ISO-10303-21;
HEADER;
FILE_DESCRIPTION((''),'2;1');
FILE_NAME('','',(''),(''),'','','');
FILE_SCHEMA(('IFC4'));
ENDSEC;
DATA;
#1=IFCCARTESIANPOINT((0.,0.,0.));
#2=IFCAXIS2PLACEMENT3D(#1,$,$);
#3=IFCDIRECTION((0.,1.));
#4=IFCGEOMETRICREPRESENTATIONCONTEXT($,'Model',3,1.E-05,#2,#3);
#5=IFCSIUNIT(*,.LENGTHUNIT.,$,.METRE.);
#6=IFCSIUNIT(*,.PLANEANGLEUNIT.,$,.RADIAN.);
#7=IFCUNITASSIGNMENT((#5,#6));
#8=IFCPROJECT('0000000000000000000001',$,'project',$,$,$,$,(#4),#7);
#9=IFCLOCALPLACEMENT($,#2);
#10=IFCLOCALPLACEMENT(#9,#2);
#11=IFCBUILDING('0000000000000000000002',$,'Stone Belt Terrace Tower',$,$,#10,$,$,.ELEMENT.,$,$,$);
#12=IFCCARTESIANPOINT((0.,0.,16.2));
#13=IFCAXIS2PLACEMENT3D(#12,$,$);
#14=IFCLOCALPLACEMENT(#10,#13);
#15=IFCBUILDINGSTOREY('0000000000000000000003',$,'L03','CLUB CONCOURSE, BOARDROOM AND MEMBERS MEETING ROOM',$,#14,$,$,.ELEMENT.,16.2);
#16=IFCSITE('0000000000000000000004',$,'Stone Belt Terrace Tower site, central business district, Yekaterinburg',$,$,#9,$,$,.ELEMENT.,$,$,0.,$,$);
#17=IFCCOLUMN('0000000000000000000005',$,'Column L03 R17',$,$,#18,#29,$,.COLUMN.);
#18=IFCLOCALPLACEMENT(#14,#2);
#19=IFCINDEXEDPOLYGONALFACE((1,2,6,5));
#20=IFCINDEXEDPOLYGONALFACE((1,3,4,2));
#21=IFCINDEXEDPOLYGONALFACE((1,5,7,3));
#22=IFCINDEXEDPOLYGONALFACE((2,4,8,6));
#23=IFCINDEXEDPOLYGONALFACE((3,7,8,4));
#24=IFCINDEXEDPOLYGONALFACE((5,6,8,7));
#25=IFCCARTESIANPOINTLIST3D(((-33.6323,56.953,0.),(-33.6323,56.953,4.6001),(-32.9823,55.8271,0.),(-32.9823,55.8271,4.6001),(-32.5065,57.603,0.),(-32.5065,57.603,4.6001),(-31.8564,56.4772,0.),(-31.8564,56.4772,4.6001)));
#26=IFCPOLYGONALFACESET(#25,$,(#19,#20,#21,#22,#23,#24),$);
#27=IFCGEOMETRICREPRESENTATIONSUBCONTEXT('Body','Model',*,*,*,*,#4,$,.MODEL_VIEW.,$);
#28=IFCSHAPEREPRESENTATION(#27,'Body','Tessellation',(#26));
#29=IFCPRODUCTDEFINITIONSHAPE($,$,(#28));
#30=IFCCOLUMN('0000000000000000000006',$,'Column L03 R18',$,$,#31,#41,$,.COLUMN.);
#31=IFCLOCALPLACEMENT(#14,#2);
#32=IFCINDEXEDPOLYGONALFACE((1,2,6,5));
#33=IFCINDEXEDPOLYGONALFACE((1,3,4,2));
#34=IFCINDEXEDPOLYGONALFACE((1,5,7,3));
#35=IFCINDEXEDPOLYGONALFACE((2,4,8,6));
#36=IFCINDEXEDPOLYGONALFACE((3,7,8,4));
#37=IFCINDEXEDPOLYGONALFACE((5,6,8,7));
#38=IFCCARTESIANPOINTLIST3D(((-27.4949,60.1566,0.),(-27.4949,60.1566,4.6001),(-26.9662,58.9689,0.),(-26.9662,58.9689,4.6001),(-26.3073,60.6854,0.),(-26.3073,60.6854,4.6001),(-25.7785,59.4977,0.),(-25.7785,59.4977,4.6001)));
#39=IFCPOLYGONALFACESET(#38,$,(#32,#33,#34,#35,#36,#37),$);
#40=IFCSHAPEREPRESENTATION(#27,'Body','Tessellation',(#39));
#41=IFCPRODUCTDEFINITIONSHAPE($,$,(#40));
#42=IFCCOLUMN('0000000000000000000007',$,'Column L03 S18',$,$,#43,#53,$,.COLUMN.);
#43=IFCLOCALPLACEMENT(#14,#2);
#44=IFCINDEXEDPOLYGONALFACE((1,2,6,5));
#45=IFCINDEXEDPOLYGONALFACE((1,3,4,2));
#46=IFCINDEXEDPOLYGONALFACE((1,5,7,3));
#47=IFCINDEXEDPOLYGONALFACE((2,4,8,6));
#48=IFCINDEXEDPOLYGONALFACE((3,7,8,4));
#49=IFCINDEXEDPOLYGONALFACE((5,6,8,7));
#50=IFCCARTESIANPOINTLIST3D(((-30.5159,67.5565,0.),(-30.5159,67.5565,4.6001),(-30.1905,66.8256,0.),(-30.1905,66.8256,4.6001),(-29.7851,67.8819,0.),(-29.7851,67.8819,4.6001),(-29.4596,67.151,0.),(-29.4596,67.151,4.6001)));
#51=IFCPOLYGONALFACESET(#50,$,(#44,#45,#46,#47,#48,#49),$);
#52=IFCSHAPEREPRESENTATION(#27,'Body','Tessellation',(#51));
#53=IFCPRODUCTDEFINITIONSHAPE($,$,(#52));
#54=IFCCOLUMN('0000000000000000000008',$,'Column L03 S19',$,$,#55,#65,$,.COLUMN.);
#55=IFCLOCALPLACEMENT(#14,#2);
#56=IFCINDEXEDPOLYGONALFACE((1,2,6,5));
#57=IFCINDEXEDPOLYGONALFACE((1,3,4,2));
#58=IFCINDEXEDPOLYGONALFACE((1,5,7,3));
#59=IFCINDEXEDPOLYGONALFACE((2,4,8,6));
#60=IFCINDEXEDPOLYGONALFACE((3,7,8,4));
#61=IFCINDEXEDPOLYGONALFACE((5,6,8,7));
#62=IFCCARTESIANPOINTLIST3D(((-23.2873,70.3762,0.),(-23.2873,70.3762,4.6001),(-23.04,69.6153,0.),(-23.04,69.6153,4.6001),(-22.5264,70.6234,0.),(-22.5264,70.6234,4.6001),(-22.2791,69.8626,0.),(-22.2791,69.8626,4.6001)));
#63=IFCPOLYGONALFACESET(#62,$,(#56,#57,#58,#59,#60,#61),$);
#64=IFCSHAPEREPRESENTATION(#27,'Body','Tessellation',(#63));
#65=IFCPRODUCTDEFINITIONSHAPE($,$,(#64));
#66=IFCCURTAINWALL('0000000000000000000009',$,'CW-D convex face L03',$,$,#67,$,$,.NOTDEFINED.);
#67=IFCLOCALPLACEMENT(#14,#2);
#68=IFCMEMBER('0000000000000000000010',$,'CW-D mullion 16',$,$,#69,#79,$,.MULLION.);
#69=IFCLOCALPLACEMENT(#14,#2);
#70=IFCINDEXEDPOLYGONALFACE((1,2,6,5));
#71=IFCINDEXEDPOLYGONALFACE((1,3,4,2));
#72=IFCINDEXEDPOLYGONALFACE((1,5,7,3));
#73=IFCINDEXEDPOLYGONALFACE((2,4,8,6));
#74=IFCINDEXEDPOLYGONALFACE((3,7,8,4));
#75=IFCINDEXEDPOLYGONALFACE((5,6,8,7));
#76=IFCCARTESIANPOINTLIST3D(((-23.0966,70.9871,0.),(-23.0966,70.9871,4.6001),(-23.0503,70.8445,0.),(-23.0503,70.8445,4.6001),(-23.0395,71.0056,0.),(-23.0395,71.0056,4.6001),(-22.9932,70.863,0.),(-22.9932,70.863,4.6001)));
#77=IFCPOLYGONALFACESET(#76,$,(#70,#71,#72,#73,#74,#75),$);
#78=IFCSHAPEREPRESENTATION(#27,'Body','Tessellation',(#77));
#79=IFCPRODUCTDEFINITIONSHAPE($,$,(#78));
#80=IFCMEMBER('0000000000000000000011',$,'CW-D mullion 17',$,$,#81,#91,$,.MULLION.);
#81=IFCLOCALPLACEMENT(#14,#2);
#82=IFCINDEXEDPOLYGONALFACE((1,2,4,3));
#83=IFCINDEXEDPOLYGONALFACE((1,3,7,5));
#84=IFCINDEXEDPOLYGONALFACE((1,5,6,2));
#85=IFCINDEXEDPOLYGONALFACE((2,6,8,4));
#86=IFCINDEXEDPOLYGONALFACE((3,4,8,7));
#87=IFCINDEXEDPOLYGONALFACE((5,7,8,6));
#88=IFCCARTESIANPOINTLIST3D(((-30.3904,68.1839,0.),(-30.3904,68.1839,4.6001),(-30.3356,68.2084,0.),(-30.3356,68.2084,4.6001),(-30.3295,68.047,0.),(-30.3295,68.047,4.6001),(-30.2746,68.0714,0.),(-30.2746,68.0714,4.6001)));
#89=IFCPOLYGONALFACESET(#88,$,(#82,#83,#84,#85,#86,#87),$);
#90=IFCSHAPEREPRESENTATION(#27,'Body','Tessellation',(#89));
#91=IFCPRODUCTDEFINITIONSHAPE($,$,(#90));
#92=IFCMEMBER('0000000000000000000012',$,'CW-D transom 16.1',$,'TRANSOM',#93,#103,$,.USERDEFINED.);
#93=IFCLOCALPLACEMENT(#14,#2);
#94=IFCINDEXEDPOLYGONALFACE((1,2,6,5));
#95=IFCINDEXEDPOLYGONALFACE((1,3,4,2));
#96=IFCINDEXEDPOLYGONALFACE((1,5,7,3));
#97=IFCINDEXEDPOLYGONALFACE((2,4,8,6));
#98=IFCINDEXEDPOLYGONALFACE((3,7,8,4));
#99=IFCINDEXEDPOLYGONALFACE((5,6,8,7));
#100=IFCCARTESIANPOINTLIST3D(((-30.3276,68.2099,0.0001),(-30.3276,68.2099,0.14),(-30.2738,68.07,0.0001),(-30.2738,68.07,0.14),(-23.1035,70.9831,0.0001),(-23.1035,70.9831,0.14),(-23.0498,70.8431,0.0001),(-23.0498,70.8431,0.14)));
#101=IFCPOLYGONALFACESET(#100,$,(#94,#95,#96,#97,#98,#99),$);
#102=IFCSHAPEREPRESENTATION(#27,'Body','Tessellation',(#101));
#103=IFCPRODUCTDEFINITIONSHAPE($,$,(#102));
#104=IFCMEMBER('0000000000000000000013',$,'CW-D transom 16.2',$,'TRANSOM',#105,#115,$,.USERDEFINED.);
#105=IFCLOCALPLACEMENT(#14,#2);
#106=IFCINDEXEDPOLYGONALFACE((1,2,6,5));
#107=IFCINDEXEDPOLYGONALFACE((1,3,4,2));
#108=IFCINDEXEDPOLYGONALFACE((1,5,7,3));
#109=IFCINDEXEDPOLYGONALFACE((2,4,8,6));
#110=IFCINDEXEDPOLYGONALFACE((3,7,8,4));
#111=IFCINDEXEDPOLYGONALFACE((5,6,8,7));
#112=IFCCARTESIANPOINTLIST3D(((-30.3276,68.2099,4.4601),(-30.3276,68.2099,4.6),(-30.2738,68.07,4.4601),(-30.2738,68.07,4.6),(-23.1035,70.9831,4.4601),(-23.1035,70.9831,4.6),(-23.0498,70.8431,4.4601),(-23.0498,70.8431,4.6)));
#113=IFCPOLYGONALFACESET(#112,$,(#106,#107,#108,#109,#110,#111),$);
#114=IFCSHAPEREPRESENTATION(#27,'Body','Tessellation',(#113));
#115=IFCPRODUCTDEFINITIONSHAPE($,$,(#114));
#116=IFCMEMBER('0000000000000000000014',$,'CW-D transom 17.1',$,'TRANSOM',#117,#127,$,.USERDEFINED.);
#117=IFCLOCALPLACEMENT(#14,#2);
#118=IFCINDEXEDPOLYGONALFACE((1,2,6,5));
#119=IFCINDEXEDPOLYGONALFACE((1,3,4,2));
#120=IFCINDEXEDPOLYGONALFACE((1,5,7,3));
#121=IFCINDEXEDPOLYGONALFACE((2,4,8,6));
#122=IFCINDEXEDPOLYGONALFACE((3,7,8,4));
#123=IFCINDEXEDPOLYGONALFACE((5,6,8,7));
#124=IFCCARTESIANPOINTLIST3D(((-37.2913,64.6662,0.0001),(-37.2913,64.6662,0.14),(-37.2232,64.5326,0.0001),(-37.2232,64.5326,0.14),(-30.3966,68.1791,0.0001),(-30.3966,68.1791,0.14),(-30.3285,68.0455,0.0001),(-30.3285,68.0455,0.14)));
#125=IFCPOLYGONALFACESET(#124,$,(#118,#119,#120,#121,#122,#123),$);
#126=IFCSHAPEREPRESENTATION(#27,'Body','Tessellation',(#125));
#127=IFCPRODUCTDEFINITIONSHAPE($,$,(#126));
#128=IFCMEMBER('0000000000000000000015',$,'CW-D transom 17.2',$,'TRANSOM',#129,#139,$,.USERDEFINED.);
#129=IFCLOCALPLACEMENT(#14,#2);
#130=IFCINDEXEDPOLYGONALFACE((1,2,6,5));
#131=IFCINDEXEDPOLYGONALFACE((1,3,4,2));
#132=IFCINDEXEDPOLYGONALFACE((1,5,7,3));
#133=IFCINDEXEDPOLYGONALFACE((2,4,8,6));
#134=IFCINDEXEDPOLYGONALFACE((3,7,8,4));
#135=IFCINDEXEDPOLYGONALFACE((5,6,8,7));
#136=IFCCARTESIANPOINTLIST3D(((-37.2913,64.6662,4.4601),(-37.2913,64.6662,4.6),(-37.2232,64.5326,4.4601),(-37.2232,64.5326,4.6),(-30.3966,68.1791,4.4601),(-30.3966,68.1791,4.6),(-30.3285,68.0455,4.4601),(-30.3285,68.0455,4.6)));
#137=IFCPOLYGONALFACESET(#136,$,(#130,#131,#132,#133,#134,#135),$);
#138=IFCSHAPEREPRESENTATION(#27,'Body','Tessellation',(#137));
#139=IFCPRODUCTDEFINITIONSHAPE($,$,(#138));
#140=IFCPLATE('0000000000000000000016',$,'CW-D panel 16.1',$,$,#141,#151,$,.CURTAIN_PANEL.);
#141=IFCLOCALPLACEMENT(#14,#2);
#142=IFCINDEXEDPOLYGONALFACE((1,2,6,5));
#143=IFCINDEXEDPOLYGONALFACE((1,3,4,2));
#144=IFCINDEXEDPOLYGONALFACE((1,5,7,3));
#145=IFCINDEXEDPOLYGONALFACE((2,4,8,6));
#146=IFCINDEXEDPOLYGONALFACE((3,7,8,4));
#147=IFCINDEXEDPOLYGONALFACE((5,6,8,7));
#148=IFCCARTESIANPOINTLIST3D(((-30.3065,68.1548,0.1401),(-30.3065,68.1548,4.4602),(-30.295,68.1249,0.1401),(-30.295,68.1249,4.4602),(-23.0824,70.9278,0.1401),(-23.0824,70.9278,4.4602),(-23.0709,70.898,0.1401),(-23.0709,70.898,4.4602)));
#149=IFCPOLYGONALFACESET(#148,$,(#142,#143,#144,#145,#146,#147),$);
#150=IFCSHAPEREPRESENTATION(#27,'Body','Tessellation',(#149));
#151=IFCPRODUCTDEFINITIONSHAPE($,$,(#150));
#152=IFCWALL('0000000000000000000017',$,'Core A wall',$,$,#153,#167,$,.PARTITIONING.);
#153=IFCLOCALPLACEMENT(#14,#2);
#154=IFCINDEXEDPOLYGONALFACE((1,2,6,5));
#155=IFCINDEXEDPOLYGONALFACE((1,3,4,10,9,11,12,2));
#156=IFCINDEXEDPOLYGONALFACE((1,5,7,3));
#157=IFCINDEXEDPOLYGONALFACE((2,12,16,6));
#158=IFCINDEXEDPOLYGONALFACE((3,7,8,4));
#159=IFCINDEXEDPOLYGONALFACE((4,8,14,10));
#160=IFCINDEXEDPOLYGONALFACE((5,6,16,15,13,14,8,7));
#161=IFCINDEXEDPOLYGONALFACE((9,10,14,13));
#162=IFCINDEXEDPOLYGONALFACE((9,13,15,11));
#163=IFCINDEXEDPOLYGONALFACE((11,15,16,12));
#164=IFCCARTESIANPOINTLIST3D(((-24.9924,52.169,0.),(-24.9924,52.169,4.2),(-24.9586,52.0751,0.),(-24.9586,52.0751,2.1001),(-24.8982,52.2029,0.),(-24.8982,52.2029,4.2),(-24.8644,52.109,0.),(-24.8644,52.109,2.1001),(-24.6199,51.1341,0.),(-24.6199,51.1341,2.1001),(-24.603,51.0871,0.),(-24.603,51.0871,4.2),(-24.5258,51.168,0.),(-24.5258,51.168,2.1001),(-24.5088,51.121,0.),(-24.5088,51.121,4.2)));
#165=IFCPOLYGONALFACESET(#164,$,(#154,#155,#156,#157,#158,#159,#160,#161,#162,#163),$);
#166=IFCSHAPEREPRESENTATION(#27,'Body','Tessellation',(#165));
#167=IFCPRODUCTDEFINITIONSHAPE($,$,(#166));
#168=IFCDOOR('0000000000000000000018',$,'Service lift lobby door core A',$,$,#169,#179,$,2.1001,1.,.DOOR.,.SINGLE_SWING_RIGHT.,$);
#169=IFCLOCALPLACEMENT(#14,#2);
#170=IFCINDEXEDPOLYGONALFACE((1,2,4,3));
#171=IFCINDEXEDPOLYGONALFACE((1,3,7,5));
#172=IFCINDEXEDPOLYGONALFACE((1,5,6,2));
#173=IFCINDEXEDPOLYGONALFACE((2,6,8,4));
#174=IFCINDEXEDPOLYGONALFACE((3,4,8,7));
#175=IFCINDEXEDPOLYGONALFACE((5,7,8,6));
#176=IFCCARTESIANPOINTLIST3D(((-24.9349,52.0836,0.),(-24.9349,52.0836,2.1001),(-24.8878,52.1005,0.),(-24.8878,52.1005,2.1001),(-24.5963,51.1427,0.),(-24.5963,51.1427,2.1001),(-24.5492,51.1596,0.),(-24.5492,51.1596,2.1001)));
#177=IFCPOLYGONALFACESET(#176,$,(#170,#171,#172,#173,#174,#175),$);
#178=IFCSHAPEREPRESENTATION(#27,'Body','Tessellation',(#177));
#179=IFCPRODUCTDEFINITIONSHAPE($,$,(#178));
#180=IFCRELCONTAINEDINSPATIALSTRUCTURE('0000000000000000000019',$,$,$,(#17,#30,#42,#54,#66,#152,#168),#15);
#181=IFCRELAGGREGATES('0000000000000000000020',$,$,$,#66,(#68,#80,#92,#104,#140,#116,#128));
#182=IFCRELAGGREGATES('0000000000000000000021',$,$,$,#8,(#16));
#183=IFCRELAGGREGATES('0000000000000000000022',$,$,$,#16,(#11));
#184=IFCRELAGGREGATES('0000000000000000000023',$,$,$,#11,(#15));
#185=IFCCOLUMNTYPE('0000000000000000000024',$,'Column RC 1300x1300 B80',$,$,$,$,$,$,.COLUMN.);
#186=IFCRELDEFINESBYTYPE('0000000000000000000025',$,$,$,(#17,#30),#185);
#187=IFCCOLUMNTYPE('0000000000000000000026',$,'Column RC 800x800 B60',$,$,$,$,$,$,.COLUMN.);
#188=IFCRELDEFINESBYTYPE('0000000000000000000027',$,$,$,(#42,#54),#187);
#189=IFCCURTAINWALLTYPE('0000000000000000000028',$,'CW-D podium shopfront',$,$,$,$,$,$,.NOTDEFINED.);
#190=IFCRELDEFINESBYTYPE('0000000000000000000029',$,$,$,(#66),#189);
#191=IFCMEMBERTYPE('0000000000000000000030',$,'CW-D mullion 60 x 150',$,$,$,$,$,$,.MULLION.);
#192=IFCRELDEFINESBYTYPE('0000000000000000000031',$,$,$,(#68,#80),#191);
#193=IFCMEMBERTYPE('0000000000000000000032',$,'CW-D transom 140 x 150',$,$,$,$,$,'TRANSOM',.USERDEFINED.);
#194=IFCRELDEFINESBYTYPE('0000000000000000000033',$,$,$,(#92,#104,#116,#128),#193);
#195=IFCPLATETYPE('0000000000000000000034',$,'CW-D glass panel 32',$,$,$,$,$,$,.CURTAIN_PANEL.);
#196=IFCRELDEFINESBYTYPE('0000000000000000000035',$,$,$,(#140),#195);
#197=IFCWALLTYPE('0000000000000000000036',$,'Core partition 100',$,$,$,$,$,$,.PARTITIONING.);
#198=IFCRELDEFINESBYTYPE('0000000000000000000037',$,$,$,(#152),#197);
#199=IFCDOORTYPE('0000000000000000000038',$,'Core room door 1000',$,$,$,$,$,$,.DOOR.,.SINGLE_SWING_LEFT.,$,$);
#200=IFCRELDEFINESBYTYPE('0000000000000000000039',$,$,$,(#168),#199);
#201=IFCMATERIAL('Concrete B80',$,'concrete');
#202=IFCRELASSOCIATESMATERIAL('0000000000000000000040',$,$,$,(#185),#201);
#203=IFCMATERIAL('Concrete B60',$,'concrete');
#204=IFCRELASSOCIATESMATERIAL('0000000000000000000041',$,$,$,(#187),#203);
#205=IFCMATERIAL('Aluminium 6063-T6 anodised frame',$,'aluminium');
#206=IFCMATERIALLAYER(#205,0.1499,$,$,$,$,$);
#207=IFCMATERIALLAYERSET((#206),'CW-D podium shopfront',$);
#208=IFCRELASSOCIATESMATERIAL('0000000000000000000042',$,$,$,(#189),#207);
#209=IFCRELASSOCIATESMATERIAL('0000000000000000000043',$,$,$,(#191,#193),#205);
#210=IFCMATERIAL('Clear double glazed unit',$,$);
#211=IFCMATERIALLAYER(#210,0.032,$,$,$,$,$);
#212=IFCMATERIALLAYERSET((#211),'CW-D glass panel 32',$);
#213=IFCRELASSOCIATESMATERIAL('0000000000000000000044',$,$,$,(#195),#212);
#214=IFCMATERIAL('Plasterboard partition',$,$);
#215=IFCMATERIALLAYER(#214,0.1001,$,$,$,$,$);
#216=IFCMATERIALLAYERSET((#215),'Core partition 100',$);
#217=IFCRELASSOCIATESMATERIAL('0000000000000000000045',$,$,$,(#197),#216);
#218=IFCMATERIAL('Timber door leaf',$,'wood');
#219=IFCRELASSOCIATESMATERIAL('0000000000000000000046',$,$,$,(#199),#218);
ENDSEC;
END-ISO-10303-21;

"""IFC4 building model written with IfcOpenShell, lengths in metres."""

from ifc_helpers import new_model, si_unit, direction, frame, frame_2d, origin, origin_2d, place, context, subcontext, project, spatial, rectangle, extrude, material, layer, layer_set, material_profile, profile_set, type_object, element, fill, aggregate, save


model = new_model("IFC4")

# Units and contexts
model_context = context("Model", 3, precision=1e-05, world=origin(), true_north=direction((0.0, 1.0)))
body_context = subcontext(model_context, "Body", "Model", "MODEL_VIEW")
ifc_project = project(units=[si_unit("LENGTHUNIT", "METRE"), si_unit("PLANEANGLEUNIT", "RADIAN")], contexts=[model_context])

# Site, building, storey
site_placement = place(None, origin())
site = spatial("IfcSite", under=ifc_project, at=site_placement, Name="Stone Belt Terrace Tower site, central business district, Yekaterinburg", CompositionType="ELEMENT", RefElevation=0.0)
building_placement = place(site_placement, origin())
building = spatial("IfcBuilding", under=site, at=building_placement, Name="Stone Belt Terrace Tower", CompositionType="ELEMENT")
storey_placement = place(building_placement, frame((0.0, 0.0, 16.2)))
storey = spatial("IfcBuildingStorey", under=building, at=storey_placement, Name="L03", Description="CLUB CONCOURSE, BOARDROOM AND MEMBERS MEETING ROOM", CompositionType="ELEMENT", Elevation=16.2)

# Columns
ifc_material_1 = material(Name="Concrete B80", Category="concrete")
ifc_material_profile_1 = material_profile(ifc_material_1, rectangle(XDim=1.3, YDim=1.3, at=origin_2d()), Name="RC 1300x1300")
ifc_profile_set_1 = profile_set([ifc_material_profile_1], Name="Concrete B80")
column_type_1 = type_object("IfcColumnType", Name="Column RC 1300x1300 B80", PredefinedType="COLUMN", material=ifc_profile_set_1)
for number, where, z_axis, x_axis, name in (
    (1, (-32.7444, 56.7151, 0.0), (0.0, 0.0, 1.0), (0.866025, 0.5, 0.0), "Column L03 R17"),
    (2, (-26.6367, 59.8271, 0.0), (0.0, 0.0, 1.0), (0.913545, 0.406737, 0.0), "Column L03 R18"),
):
    element("IfcColumn", number, at=place(storey_placement, frame(where, z_axis=z_axis, x_axis=x_axis)), inside=storey, type_object=column_type_1, Name=name, PredefinedType="COLUMN", context=body_context, shape_type="SweptSolid", body=[
        extrude(rectangle(XDim=1.3, YDim=1.3, at=origin_2d()), origin(), (0.0, 0.0, 1.0), 4.6001),
    ])
ifc_material_2 = material(Name="Concrete B60", Category="concrete")
ifc_material_profile_2 = material_profile(ifc_material_2, rectangle(XDim=0.8, YDim=0.8, at=origin_2d()), Name="RC 800x800")
ifc_profile_set_2 = profile_set([ifc_material_profile_2], Name="Concrete B60")
column_type_2 = type_object("IfcColumnType", Name="Column RC 800x800 B60", PredefinedType="COLUMN", material=ifc_profile_set_2)
for number, where, z_axis, x_axis, name in (
    (3, (-29.9878, 67.3538, 0.0), (0.0, 0.0, 1.0), (0.913545, 0.406737, 0.0), "Column L03 S18"),
    (4, (-22.7832, 70.1194, 0.0), (0.0, 0.0, 1.0), (0.951057, 0.309017, 0.0), "Column L03 S19"),
):
    element("IfcColumn", number, at=place(storey_placement, frame(where, z_axis=z_axis, x_axis=x_axis)), inside=storey, type_object=column_type_2, Name=name, PredefinedType="COLUMN", context=body_context, shape_type="SweptSolid", body=[
        extrude(rectangle(XDim=0.8, YDim=0.8, at=origin_2d()), origin(), (0.0, 0.0, 1.0), 4.6001),
    ])

# Curtain wall, members, plate
ifc_material_3 = material(Name="Aluminium 6063-T6 anodised frame", Category="aluminium")
ifc_layer_1 = layer(ifc_material_3, 0.1499)
ifc_layer_set_1 = layer_set([ifc_layer_1], Name="CW-D podium shopfront")
curtain_wall_type = type_object("IfcCurtainWallType", Name="CW-D podium shopfront", PredefinedType="NOTDEFINED", material=ifc_layer_set_1)
curtain_wall_placement = place(storey_placement, origin())
curtain_wall = element("IfcCurtainWall", 5, at=curtain_wall_placement, inside=storey, type_object=curtain_wall_type, Name="CW-D convex face L03", PredefinedType="NOTDEFINED")
ifc_material_profile_3 = material_profile(ifc_material_3, rectangle(XDim=0.1499, YDim=0.0601, at=origin_2d()), Name="Aluminium 6063-T6 60x150")
ifc_profile_set_3 = profile_set([ifc_material_profile_3], Name="Aluminium 6063-T6 anodised frame")
member_type_1 = type_object("IfcMemberType", Name="CW-D mullion 60 x 150", PredefinedType="MULLION", material=ifc_profile_set_3)
member_1_placement = place(storey_placement, frame((-23.0449, 70.925, 0.0), z_axis=(0.0, 0.0, 1.0), x_axis=(0.309017, -0.951057, 0.0)))
member_1 = element("IfcMember", 6, at=member_1_placement, type_object=member_type_1, Name="CW-D mullion 16", PredefinedType="MULLION", context=body_context, shape_type="SweptSolid", body=[
    extrude(rectangle(XDim=0.1499, YDim=0.0601, at=origin_2d()), origin(), (0.0, 0.0, 1.0), 4.6001),
])
member_2_placement = place(storey_placement, frame((-30.3325, 68.1277, 0.0), z_axis=(0.0, 0.0, 1.0), x_axis=(0.406737, -0.913545, 0.0)))
member_2 = element("IfcMember", 7, at=member_2_placement, type_object=member_type_1, Name="CW-D mullion 17", PredefinedType="MULLION", context=body_context, shape_type="SweptSolid", body=[
    extrude(rectangle(XDim=0.1499, YDim=0.0601, at=origin_2d()), origin(), (0.0, 0.0, 1.0), 4.6001),
])
ifc_material_profile_4 = material_profile(ifc_material_3, rectangle(XDim=0.1499, YDim=0.1399, at=origin_2d()), Name="Aluminium 6063-T6 150x140")
ifc_profile_set_4 = profile_set([ifc_material_profile_4], Name="Aluminium 6063-T6 anodised frame")
member_type_2 = type_object("IfcMemberType", Name="CW-D transom 140 x 150", ElementType="TRANSOM", PredefinedType="USERDEFINED", material=ifc_profile_set_4)
member_3_placement = place(storey_placement, frame((-23.0767, 70.9131, 0.0701), z_axis=(-0.933576, -0.358381, 0.0), x_axis=(0.358381, -0.933576, 0.0)))
member_3 = element("IfcMember", 8, at=member_3_placement, type_object=member_type_2, Name="CW-D transom 16.1", ObjectType="TRANSOM", PredefinedType="USERDEFINED", context=body_context, shape_type="SweptSolid", body=[
    extrude(rectangle(XDim=0.1499, YDim=0.1399, at=origin_2d()), origin(), (0.0, 0.0, 1.0), 7.738),
])
member_4_placement = place(storey_placement, frame((-23.0767, 70.9131, 4.53), z_axis=(-0.933576, -0.358381, 0.0), x_axis=(0.358381, -0.933576, 0.0)))
member_4 = element("IfcMember", 9, at=member_4_placement, type_object=member_type_2, Name="CW-D transom 16.2", ObjectType="TRANSOM", PredefinedType="USERDEFINED", context=body_context, shape_type="SweptSolid", body=[
    extrude(rectangle(XDim=0.1499, YDim=0.1399, at=origin_2d()), origin(), (0.0, 0.0, 1.0), 7.738),
])
member_5_placement = place(storey_placement, frame((-30.3625, 68.1123, 0.0701), z_axis=(-0.891013, -0.453978, 0.0), x_axis=(0.453978, -0.891013, 0.0)))
member_5 = element("IfcMember", 10, at=member_5_placement, type_object=member_type_2, Name="CW-D transom 17.1", ObjectType="TRANSOM", PredefinedType="USERDEFINED", context=body_context, shape_type="SweptSolid", body=[
    extrude(rectangle(XDim=0.1499, YDim=0.1399, at=origin_2d()), origin(), (0.0, 0.0, 1.0), 7.738),
])
member_6_placement = place(storey_placement, frame((-30.3625, 68.1123, 4.53), z_axis=(-0.891013, -0.453978, 0.0), x_axis=(0.453978, -0.891013, 0.0)))
member_6 = element("IfcMember", 11, at=member_6_placement, type_object=member_type_2, Name="CW-D transom 17.2", ObjectType="TRANSOM", PredefinedType="USERDEFINED", context=body_context, shape_type="SweptSolid", body=[
    extrude(rectangle(XDim=0.1499, YDim=0.1399, at=origin_2d()), origin(), (0.0, 0.0, 1.0), 7.738),
])
ifc_material_4 = material(Name="Clear double glazed unit")
ifc_layer_2 = layer(ifc_material_4, 0.032)
ifc_layer_set_2 = layer_set([ifc_layer_2], Name="CW-D glass panel 32")
plate_type = type_object("IfcPlateType", Name="CW-D glass panel 32", PredefinedType="CURTAIN_PANEL", material=ifc_layer_set_2)
plate_placement = place(storey_placement, frame((-26.6887, 69.5264, 0.1401), z_axis=(0.0, 0.0, 1.0), x_axis=(-0.93358, -0.358368, 0.0)))
plate = element("IfcPlate", 12, at=plate_placement, type_object=plate_type, Name="CW-D panel 16.1", PredefinedType="CURTAIN_PANEL", context=body_context, shape_type="SweptSolid", body=[
    extrude(rectangle(XDim=7.738, YDim=0.032, at=origin_2d()), origin(), (0.0, 0.0, 1.0), 4.3201),
])
aggregate(curtain_wall, [member_1, member_2, member_3, member_4, plate, member_5, member_6])

# Wall, opening, door
ifc_material_5 = material(Name="Plasterboard partition")
ifc_layer_3 = layer(ifc_material_5, 0.1001)
ifc_layer_set_3 = layer_set([ifc_layer_3], Name="Core partition 100")
wall_type_1 = type_object("IfcWallType", Name="Core partition 100", PredefinedType="PARTITIONING", material=ifc_layer_set_3)
wall_1_placement = place(storey_placement, frame((-24.5559, 51.104, 0.0), z_axis=(0.0, 0.0, 1.0), x_axis=(-0.338622, 0.940923, 0.0)))
wall_1 = element("IfcWall", 13, at=wall_1_placement, inside=storey, type_object=wall_type_1, Name="Core A wall", PredefinedType="PARTITIONING", context=body_context, shape_type="SweptSolid", body=[
    extrude(rectangle(XDim=1.1499, YDim=0.1001, at=frame_2d((0.575, 0.0))), origin(), (0.0, 0.0, 1.0), 4.2),
])
opening_1_placement = place(wall_1_placement, frame((0.05, 0.0, 0.0)))
opening_1 = element("IfcOpeningElement", 14, at=opening_1_placement, cuts=wall_1, PredefinedType="OPENING", context=body_context, shape_type="SweptSolid", body=[
    extrude(rectangle(XDim=1.0, YDim=2.1001, at=frame_2d((0.5, 1.05))), frame((0.0, 0.0601, 0.0), z_axis=(0.0, -1.0, 0.0), x_axis=(1.0, 0.0, 0.0)), (0.0, 0.0, 1.0), 0.1201),
])
ifc_material_6 = material(Name="Timber door leaf", Category="wood")
door_type_1 = type_object("IfcDoorType", Name="Core room door 1000", OperationType="SINGLE_SWING_LEFT", PredefinedType="DOOR", material=ifc_material_6)
door_1_placement = place(opening_1_placement, origin())
door_1 = element("IfcDoor", 15, at=door_1_placement, inside=storey, type_object=door_type_1, Name="Service lift lobby door core A", OperationType="SINGLE_SWING_RIGHT", OverallHeight=2.1001, OverallWidth=1.0, PredefinedType="DOOR", context=body_context, shape_type="SweptSolid", body=[
    extrude(rectangle(XDim=1.0, YDim=2.1001, at=frame_2d((0.5, 1.05))), frame((0.0, 0.0249, 0.0), z_axis=(0.0, -1.0, 0.0), x_axis=(1.0, 0.0, 0.0)), (0.0, 0.0, 1.0), 0.05),
])
fill(opening_1, door_1)

save(model, "model.ifc")
